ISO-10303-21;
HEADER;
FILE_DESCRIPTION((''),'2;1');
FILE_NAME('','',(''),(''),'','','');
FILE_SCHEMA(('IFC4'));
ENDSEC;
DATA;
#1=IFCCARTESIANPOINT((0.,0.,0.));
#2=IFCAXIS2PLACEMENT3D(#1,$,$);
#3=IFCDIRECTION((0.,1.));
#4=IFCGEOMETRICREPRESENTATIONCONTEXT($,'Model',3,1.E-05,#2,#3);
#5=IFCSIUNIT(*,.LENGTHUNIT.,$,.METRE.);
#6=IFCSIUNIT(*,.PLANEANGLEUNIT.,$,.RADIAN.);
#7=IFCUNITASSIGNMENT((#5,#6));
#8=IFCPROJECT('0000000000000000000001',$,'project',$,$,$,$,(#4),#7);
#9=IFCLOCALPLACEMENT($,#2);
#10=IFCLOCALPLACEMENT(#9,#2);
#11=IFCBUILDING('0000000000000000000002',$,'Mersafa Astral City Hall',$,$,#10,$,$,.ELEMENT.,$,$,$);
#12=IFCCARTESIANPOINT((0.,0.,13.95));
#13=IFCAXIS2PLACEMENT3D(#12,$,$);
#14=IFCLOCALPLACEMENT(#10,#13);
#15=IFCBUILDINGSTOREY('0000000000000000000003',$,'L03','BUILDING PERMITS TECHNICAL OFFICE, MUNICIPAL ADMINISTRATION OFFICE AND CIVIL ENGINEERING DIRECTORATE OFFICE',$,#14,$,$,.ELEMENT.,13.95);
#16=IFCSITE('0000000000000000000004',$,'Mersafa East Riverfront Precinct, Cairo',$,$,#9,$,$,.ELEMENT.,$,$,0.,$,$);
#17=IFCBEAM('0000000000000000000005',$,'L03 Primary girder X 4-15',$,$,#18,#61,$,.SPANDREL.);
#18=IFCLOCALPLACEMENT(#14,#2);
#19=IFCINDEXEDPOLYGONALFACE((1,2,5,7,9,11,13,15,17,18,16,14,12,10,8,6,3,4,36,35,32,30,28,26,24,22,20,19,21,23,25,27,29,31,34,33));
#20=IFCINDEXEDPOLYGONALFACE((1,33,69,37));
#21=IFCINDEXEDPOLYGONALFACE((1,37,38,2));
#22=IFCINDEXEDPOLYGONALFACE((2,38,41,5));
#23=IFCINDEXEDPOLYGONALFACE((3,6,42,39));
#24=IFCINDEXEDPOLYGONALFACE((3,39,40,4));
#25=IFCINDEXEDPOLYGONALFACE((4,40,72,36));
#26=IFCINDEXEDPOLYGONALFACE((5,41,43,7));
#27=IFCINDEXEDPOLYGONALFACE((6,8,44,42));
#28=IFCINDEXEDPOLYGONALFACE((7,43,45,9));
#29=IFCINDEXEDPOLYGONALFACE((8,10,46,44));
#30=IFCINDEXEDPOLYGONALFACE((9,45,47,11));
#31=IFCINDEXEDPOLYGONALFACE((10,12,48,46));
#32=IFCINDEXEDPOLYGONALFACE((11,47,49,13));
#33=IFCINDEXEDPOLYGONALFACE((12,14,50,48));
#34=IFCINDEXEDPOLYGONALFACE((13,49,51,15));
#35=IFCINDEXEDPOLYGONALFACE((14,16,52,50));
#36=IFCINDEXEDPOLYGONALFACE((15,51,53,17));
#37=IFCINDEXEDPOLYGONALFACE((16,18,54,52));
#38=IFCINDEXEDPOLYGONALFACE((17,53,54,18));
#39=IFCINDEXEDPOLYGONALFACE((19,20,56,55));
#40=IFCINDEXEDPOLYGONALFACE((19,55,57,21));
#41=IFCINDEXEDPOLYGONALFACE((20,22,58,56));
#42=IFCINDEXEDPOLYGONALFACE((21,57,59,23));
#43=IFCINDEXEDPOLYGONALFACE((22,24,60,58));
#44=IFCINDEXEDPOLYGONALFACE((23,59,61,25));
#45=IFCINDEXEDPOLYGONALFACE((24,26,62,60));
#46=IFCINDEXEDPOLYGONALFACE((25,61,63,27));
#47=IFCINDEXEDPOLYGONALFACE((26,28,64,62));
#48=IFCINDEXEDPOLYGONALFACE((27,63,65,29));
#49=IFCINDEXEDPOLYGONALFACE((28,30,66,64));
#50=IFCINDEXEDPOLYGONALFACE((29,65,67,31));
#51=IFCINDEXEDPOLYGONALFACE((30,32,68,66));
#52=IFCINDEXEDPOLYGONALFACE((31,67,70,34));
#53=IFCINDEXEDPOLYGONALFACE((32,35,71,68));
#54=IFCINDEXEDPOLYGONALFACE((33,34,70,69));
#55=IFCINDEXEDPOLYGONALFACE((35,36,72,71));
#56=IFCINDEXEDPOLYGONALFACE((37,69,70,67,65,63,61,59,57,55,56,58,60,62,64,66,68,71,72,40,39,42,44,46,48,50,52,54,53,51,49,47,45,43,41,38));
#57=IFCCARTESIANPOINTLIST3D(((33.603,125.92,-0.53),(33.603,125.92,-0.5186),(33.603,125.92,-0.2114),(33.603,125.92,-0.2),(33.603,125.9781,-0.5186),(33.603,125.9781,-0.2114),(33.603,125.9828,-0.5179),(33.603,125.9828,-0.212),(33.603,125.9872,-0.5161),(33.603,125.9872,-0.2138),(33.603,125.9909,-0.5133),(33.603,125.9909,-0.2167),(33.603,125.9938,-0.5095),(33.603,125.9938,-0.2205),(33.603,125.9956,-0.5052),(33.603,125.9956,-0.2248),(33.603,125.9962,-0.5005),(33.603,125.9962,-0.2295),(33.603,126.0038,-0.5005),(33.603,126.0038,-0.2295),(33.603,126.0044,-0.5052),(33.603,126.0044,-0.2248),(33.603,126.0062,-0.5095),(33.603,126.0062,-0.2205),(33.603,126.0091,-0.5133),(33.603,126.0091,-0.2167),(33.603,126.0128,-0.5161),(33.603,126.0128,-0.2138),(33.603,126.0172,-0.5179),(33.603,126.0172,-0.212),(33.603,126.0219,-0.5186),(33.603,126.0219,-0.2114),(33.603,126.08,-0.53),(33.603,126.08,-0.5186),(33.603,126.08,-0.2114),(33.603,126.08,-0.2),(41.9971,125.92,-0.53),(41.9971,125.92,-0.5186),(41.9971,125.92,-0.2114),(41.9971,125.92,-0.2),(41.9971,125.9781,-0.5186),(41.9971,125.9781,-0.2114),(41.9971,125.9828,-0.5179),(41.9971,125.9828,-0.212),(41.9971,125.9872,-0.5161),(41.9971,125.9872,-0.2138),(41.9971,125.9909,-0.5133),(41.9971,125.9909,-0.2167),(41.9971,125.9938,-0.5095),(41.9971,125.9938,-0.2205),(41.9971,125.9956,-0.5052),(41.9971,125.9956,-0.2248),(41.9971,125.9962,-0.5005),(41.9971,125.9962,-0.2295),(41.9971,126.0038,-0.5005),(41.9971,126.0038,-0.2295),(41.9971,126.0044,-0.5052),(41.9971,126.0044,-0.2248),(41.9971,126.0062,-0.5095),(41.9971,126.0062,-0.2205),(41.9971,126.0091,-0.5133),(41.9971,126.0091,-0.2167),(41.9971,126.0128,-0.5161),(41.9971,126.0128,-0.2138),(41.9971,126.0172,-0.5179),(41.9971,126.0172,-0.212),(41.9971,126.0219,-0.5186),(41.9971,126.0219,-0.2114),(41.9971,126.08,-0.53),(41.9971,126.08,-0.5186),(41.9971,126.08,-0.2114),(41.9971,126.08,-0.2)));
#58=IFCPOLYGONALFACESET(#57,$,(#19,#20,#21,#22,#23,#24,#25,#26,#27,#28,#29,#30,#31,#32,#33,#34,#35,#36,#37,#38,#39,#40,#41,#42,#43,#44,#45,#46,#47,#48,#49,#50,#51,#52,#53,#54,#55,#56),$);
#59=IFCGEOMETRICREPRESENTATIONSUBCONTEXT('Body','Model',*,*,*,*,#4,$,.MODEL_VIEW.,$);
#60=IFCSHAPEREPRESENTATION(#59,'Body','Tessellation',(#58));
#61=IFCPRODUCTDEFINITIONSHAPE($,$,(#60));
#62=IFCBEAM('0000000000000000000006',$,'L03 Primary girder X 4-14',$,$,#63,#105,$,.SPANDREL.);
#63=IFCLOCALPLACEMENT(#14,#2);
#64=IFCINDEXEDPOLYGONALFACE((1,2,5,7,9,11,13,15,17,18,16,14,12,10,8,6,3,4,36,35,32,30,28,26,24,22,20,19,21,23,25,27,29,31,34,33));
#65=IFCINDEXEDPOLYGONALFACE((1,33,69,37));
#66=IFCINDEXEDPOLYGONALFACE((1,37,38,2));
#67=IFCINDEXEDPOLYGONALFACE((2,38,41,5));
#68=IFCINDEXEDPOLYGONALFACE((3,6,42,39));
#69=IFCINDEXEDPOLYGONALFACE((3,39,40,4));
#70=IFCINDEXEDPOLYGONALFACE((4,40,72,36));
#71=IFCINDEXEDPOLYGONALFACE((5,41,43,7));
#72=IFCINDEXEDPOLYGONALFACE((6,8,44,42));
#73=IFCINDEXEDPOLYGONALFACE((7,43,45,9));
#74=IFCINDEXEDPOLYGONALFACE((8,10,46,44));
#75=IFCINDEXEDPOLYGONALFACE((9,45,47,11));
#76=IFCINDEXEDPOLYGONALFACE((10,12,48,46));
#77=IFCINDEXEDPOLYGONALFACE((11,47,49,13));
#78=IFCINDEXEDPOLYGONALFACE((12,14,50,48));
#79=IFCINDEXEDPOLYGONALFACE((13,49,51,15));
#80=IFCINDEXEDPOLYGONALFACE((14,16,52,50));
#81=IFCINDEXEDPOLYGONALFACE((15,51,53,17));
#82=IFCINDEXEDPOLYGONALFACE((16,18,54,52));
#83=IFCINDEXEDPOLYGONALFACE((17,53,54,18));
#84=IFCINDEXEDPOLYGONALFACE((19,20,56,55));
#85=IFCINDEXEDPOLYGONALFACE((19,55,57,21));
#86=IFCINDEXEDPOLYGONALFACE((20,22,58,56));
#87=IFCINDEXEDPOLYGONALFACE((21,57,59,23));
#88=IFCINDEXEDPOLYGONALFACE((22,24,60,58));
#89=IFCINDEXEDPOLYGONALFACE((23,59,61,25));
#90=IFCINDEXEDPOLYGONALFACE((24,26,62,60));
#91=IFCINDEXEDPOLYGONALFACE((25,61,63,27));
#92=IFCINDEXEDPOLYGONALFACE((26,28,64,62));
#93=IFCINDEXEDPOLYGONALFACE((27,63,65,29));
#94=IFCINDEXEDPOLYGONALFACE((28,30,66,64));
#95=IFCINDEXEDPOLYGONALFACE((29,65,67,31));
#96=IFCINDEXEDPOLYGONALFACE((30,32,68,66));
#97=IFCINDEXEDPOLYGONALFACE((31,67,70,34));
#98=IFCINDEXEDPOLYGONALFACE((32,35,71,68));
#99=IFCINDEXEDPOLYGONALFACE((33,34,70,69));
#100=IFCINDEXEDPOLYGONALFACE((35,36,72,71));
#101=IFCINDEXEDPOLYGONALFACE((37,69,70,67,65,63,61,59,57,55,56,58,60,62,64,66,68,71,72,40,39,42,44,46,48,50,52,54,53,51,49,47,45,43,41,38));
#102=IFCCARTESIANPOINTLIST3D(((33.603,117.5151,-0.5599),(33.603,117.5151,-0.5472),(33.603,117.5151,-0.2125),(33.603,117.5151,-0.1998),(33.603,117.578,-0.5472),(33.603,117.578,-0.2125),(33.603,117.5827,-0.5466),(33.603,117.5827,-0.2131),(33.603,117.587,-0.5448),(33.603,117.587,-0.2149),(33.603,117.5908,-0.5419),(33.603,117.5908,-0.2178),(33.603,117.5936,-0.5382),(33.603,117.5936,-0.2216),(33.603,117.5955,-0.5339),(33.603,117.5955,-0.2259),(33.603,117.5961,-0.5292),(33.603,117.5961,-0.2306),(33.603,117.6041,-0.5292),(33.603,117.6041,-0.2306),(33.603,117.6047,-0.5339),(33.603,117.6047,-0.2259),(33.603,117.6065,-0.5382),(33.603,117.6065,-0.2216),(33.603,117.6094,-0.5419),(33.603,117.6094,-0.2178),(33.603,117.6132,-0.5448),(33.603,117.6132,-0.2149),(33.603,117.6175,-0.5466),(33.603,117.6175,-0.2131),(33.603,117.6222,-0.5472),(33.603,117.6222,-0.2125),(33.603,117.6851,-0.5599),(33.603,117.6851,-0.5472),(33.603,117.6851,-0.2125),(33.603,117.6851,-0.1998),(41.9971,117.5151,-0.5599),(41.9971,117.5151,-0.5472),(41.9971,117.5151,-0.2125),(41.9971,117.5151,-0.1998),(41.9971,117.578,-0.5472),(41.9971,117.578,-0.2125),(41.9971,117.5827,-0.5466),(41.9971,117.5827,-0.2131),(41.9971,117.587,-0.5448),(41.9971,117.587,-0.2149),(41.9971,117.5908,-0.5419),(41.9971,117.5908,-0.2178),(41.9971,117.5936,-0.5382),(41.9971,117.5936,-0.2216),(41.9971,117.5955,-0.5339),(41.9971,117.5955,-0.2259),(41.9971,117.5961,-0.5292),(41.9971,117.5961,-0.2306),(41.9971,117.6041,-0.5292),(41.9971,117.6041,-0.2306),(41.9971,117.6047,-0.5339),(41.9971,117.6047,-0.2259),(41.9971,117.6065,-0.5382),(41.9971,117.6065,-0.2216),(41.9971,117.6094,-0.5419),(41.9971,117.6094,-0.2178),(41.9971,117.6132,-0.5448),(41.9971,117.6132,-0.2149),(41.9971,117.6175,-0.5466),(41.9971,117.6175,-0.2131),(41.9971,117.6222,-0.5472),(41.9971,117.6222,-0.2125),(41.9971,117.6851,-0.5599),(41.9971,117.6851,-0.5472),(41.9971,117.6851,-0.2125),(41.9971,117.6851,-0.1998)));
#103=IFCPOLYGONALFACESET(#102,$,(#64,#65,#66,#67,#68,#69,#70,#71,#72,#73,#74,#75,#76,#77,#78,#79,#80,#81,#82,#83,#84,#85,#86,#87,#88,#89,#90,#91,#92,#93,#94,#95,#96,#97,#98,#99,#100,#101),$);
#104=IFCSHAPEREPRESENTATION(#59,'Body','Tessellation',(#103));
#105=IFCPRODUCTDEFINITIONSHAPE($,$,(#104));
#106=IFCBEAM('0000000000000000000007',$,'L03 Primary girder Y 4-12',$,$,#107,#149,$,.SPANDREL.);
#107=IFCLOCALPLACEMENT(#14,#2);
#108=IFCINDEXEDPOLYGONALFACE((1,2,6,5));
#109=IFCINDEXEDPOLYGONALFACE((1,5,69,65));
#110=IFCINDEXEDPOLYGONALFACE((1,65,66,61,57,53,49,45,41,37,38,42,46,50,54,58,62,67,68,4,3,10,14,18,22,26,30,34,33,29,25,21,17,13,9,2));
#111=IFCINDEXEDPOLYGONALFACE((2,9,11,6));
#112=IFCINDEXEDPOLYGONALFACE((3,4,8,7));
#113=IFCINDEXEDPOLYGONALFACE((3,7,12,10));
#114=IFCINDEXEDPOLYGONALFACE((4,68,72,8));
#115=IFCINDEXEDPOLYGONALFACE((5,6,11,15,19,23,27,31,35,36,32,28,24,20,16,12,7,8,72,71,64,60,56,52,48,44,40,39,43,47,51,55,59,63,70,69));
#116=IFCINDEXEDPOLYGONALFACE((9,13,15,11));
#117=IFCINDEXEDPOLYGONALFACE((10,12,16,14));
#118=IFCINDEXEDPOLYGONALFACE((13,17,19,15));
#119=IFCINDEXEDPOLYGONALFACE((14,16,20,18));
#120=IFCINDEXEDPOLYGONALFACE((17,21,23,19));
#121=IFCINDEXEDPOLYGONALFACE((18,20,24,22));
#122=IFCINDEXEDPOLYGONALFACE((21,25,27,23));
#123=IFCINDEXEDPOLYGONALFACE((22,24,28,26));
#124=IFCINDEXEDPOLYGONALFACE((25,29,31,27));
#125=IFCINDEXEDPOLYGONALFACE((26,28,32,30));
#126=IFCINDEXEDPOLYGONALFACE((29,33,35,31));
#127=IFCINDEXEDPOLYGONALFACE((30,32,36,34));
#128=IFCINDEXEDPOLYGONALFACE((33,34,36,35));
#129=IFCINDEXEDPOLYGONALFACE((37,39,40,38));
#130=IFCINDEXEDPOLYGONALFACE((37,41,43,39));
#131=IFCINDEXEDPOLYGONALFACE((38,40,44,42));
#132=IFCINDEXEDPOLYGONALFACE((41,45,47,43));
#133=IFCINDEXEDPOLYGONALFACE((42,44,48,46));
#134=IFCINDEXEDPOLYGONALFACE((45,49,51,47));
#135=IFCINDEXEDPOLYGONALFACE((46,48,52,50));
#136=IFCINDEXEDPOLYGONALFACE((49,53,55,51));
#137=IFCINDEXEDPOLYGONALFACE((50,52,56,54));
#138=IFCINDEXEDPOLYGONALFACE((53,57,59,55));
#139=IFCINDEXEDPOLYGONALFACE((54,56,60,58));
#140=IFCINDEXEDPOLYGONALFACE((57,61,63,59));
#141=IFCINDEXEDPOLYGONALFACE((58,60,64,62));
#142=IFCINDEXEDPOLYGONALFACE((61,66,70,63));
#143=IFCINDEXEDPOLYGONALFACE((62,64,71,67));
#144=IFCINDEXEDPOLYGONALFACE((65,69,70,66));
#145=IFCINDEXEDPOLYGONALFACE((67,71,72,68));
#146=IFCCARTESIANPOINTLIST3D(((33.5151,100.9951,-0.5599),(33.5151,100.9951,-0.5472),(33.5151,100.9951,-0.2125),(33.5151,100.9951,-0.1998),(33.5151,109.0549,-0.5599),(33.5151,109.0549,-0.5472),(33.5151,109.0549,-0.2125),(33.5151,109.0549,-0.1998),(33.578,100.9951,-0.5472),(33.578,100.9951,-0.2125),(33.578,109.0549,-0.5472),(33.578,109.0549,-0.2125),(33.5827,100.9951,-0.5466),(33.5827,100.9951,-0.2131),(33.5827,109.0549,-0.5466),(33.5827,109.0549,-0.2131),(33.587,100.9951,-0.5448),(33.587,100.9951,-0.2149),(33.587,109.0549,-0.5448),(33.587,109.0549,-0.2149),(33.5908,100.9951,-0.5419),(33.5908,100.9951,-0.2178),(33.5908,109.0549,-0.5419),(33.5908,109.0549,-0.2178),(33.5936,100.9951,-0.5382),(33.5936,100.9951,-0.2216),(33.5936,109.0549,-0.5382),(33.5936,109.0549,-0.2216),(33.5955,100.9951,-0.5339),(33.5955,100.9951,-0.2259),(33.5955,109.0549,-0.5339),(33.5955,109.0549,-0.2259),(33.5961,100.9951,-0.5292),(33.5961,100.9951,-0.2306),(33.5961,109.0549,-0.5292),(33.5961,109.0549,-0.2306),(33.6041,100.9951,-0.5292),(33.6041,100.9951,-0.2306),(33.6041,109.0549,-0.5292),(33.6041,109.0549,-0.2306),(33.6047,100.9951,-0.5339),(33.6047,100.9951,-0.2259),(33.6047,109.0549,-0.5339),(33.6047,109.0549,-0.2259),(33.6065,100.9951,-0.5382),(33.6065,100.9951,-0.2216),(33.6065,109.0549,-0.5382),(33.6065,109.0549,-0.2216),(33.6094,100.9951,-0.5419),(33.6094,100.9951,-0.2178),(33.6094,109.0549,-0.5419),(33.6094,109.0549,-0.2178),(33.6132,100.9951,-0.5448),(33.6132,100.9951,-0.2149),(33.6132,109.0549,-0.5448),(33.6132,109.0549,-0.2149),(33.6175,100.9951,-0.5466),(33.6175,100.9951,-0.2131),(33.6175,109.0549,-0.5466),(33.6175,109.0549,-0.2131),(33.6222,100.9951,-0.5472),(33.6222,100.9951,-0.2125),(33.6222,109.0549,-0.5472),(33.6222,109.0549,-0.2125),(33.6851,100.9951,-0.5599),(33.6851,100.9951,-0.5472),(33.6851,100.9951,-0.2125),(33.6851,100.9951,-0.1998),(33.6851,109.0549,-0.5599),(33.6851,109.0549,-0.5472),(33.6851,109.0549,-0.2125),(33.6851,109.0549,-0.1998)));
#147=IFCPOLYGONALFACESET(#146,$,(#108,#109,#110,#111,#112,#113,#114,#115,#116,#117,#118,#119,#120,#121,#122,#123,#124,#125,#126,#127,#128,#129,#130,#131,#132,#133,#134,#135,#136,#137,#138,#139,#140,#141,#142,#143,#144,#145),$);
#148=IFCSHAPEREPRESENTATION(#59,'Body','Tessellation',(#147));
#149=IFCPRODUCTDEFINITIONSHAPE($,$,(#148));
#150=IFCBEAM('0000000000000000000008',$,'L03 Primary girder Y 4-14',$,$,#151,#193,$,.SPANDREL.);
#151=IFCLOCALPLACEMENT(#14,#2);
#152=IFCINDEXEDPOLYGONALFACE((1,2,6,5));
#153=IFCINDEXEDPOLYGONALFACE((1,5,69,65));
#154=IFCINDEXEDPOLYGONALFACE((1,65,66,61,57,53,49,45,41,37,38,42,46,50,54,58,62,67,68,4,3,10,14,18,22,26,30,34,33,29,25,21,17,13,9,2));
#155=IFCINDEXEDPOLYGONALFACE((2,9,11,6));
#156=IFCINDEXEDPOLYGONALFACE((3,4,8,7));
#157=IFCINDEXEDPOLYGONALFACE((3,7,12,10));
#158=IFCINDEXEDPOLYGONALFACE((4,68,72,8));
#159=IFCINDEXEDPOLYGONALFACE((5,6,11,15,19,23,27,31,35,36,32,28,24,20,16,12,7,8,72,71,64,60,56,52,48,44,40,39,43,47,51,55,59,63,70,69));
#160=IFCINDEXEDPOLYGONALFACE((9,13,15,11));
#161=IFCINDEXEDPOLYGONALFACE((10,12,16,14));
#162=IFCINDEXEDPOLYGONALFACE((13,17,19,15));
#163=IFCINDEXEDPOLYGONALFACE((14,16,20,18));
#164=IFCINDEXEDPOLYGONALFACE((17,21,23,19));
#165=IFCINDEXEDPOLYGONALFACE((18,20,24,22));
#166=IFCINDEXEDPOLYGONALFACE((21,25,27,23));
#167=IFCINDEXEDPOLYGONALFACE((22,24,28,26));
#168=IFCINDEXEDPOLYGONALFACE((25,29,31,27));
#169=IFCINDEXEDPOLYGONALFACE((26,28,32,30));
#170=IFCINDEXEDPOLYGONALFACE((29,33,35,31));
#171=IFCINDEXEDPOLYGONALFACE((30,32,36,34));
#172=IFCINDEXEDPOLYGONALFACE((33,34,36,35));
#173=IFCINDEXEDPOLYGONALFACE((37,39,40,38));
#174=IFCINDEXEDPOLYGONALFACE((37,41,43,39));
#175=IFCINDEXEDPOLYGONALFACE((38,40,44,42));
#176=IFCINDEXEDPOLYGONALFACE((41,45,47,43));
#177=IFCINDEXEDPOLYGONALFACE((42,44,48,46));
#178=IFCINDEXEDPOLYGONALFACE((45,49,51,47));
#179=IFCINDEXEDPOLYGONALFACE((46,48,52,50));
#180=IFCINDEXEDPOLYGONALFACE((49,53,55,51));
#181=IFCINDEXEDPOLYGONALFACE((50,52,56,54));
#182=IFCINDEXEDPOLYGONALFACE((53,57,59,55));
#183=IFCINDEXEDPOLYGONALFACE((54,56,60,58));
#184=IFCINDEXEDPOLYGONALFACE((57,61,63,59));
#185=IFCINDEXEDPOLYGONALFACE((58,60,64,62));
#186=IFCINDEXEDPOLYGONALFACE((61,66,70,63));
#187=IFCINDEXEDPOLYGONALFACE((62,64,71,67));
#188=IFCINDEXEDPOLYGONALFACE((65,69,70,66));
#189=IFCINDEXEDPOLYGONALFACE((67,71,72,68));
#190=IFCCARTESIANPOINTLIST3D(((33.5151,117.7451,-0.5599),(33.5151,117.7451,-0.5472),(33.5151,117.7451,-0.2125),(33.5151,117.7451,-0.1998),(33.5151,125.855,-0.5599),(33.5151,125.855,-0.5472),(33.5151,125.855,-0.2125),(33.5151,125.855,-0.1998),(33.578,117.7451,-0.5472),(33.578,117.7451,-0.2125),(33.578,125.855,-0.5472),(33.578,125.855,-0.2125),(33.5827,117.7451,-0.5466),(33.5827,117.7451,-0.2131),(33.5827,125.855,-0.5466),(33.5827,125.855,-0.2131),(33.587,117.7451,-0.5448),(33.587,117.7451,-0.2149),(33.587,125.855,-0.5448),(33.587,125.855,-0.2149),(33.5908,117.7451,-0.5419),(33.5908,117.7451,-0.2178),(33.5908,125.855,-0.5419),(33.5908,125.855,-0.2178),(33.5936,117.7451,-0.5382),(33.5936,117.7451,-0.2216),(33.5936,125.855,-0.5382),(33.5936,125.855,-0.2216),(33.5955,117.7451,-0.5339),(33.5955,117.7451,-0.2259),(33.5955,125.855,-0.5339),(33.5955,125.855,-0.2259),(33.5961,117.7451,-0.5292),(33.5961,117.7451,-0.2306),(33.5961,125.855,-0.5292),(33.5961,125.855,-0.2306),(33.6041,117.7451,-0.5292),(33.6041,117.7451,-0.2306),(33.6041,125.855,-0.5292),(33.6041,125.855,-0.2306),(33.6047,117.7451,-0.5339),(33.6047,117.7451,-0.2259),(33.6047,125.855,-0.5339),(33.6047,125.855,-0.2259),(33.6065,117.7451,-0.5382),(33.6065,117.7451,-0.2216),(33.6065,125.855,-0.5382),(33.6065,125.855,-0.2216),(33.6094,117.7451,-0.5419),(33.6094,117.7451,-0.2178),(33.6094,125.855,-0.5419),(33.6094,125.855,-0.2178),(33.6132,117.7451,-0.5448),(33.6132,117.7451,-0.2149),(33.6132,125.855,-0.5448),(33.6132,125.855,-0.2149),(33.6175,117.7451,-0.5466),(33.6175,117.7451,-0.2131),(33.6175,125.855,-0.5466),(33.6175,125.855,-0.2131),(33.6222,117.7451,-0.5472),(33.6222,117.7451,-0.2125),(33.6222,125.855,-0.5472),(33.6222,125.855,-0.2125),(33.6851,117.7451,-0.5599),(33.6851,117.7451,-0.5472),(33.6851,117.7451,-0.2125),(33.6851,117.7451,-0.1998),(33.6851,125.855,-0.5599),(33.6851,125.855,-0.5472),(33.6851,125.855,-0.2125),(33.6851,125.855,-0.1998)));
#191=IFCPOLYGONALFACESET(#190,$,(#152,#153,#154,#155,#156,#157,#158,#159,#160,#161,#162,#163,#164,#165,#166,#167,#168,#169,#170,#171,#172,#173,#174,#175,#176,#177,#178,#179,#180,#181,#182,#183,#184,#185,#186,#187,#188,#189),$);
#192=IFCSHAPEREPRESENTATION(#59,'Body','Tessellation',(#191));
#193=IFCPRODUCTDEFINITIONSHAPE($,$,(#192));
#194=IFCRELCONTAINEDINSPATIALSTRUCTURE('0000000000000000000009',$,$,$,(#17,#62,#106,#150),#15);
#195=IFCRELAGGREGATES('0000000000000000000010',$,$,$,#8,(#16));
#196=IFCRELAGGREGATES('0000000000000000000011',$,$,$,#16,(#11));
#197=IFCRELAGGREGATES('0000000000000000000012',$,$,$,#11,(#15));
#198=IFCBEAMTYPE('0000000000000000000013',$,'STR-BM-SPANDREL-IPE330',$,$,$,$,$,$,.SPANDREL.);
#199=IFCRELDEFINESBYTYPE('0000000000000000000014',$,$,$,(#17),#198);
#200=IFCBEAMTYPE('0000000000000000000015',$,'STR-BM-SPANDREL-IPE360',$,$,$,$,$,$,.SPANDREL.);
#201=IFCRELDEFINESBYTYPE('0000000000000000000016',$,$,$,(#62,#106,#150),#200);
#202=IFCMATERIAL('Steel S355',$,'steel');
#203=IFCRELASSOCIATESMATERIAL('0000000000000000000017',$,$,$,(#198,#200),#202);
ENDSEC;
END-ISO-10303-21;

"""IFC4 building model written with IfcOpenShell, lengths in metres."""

from ifc_helpers import new_model, si_unit, direction, frame, origin, origin_2d, place, context, subcontext, project, spatial, i_section, extrude, material, material_profile, profile_set, type_object, element, save


model = new_model("IFC4")

# Units and contexts
model_context = context("Model", 3, precision=1e-05, world=origin(), true_north=direction((0.0, 1.0)))
body_context = subcontext(model_context, "Body", "Model", "MODEL_VIEW")
ifc_project = project(units=[si_unit("LENGTHUNIT", "METRE"), si_unit("PLANEANGLEUNIT", "RADIAN")], contexts=[model_context])

# Site, building, storey
site_placement = place(None, origin())
site = spatial("IfcSite", under=ifc_project, at=site_placement, Name="Mersafa East Riverfront Precinct, Cairo", CompositionType="ELEMENT", RefElevation=0.0)
building_placement = place(site_placement, origin())
building = spatial("IfcBuilding", under=site, at=building_placement, Name="Mersafa Astral City Hall", CompositionType="ELEMENT")
storey_placement = place(building_placement, frame((0.0, 0.0, 13.95)))
storey = spatial("IfcBuildingStorey", under=building, at=storey_placement, Name="L03", Description="BUILDING PERMITS TECHNICAL OFFICE, MUNICIPAL ADMINISTRATION OFFICE AND CIVIL ENGINEERING DIRECTORATE OFFICE", CompositionType="ELEMENT", Elevation=13.95)

# Shared definitions
ifc_material_1 = material(Name="Steel S355", Category="steel")

# Beams
ifc_material_profile_1 = material_profile(ifc_material_1, i_section(OverallWidth=0.1599, OverallDepth=0.3301, WebThickness=0.0076, FlangeThickness=0.0115, FilletRadius=0.0181, at=origin_2d()), Name="IPE 330")
ifc_profile_set_1 = profile_set([ifc_material_profile_1], Name="Steel S355")
beam_type_1 = type_object("IfcBeamType", Name="STR-BM-SPANDREL-IPE330", PredefinedType="SPANDREL", material=ifc_profile_set_1)
for number, where, z_axis, x_axis, name in (
    (1, (33.603, 126.0, -0.365), (1.0, 0.0, 0.0), (0.0, 1.0, 0.0), "L03 Primary girder X 4-15"),
):
    element("IfcBeam", number, at=place(storey_placement, frame(where, z_axis=z_axis, x_axis=x_axis)), inside=storey, type_object=beam_type_1, Name=name, PredefinedType="SPANDREL", context=body_context, shape_type="SweptSolid", body=[
        extrude(i_section(OverallWidth=0.1599, OverallDepth=0.3301, WebThickness=0.0076, FlangeThickness=0.0115, FilletRadius=0.0181, at=origin_2d()), origin(), (0.0, 0.0, 1.0), 8.394),
    ])
ifc_material_profile_2 = material_profile(ifc_material_1, i_section(OverallWidth=0.1699, OverallDepth=0.3601, WebThickness=0.0081, FlangeThickness=0.0127, FilletRadius=0.0181, at=origin_2d()), Name="IPE 360")
ifc_profile_set_2 = profile_set([ifc_material_profile_2], Name="Steel S355")
beam_type_2 = type_object("IfcBeamType", Name="STR-BM-SPANDREL-IPE360", PredefinedType="SPANDREL", material=ifc_profile_set_2)
beam_1_placement = place(storey_placement, frame((33.603, 117.6001, -0.3799), z_axis=(1.0, 0.0, 0.0), x_axis=(0.0, 1.0, 0.0)))
element("IfcBeam", 2, at=beam_1_placement, inside=storey, type_object=beam_type_2, Name="L03 Primary girder X 4-14", PredefinedType="SPANDREL", context=body_context, shape_type="SweptSolid", body=[
    extrude(i_section(OverallWidth=0.1699, OverallDepth=0.3601, WebThickness=0.0081, FlangeThickness=0.0127, FilletRadius=0.0181, at=origin_2d()), origin(), (0.0, 0.0, 1.0), 8.394),
])
beam_2_placement = place(storey_placement, frame((33.6001, 100.9951, -0.3799), z_axis=(0.0, 1.0, 0.0), x_axis=(-1.0, 0.0, 0.0)))
element("IfcBeam", 3, at=beam_2_placement, inside=storey, type_object=beam_type_2, Name="L03 Primary girder Y 4-12", PredefinedType="SPANDREL", context=body_context, shape_type="SweptSolid", body=[
    extrude(i_section(OverallWidth=0.1699, OverallDepth=0.3601, WebThickness=0.0081, FlangeThickness=0.0127, FilletRadius=0.0181, at=origin_2d()), origin(), (0.0, 0.0, 1.0), 8.0598),
])
beam_3_placement = place(storey_placement, frame((33.6001, 117.7451, -0.3799), z_axis=(0.0, 1.0, 0.0), x_axis=(-1.0, 0.0, 0.0)))
element("IfcBeam", 4, at=beam_3_placement, inside=storey, type_object=beam_type_2, Name="L03 Primary girder Y 4-14", PredefinedType="SPANDREL", context=body_context, shape_type="SweptSolid", body=[
    extrude(i_section(OverallWidth=0.1699, OverallDepth=0.3601, WebThickness=0.0081, FlangeThickness=0.0127, FilletRadius=0.0181, at=origin_2d()), origin(), (0.0, 0.0, 1.0), 8.1099),
])

save(model, "model.ifc")
